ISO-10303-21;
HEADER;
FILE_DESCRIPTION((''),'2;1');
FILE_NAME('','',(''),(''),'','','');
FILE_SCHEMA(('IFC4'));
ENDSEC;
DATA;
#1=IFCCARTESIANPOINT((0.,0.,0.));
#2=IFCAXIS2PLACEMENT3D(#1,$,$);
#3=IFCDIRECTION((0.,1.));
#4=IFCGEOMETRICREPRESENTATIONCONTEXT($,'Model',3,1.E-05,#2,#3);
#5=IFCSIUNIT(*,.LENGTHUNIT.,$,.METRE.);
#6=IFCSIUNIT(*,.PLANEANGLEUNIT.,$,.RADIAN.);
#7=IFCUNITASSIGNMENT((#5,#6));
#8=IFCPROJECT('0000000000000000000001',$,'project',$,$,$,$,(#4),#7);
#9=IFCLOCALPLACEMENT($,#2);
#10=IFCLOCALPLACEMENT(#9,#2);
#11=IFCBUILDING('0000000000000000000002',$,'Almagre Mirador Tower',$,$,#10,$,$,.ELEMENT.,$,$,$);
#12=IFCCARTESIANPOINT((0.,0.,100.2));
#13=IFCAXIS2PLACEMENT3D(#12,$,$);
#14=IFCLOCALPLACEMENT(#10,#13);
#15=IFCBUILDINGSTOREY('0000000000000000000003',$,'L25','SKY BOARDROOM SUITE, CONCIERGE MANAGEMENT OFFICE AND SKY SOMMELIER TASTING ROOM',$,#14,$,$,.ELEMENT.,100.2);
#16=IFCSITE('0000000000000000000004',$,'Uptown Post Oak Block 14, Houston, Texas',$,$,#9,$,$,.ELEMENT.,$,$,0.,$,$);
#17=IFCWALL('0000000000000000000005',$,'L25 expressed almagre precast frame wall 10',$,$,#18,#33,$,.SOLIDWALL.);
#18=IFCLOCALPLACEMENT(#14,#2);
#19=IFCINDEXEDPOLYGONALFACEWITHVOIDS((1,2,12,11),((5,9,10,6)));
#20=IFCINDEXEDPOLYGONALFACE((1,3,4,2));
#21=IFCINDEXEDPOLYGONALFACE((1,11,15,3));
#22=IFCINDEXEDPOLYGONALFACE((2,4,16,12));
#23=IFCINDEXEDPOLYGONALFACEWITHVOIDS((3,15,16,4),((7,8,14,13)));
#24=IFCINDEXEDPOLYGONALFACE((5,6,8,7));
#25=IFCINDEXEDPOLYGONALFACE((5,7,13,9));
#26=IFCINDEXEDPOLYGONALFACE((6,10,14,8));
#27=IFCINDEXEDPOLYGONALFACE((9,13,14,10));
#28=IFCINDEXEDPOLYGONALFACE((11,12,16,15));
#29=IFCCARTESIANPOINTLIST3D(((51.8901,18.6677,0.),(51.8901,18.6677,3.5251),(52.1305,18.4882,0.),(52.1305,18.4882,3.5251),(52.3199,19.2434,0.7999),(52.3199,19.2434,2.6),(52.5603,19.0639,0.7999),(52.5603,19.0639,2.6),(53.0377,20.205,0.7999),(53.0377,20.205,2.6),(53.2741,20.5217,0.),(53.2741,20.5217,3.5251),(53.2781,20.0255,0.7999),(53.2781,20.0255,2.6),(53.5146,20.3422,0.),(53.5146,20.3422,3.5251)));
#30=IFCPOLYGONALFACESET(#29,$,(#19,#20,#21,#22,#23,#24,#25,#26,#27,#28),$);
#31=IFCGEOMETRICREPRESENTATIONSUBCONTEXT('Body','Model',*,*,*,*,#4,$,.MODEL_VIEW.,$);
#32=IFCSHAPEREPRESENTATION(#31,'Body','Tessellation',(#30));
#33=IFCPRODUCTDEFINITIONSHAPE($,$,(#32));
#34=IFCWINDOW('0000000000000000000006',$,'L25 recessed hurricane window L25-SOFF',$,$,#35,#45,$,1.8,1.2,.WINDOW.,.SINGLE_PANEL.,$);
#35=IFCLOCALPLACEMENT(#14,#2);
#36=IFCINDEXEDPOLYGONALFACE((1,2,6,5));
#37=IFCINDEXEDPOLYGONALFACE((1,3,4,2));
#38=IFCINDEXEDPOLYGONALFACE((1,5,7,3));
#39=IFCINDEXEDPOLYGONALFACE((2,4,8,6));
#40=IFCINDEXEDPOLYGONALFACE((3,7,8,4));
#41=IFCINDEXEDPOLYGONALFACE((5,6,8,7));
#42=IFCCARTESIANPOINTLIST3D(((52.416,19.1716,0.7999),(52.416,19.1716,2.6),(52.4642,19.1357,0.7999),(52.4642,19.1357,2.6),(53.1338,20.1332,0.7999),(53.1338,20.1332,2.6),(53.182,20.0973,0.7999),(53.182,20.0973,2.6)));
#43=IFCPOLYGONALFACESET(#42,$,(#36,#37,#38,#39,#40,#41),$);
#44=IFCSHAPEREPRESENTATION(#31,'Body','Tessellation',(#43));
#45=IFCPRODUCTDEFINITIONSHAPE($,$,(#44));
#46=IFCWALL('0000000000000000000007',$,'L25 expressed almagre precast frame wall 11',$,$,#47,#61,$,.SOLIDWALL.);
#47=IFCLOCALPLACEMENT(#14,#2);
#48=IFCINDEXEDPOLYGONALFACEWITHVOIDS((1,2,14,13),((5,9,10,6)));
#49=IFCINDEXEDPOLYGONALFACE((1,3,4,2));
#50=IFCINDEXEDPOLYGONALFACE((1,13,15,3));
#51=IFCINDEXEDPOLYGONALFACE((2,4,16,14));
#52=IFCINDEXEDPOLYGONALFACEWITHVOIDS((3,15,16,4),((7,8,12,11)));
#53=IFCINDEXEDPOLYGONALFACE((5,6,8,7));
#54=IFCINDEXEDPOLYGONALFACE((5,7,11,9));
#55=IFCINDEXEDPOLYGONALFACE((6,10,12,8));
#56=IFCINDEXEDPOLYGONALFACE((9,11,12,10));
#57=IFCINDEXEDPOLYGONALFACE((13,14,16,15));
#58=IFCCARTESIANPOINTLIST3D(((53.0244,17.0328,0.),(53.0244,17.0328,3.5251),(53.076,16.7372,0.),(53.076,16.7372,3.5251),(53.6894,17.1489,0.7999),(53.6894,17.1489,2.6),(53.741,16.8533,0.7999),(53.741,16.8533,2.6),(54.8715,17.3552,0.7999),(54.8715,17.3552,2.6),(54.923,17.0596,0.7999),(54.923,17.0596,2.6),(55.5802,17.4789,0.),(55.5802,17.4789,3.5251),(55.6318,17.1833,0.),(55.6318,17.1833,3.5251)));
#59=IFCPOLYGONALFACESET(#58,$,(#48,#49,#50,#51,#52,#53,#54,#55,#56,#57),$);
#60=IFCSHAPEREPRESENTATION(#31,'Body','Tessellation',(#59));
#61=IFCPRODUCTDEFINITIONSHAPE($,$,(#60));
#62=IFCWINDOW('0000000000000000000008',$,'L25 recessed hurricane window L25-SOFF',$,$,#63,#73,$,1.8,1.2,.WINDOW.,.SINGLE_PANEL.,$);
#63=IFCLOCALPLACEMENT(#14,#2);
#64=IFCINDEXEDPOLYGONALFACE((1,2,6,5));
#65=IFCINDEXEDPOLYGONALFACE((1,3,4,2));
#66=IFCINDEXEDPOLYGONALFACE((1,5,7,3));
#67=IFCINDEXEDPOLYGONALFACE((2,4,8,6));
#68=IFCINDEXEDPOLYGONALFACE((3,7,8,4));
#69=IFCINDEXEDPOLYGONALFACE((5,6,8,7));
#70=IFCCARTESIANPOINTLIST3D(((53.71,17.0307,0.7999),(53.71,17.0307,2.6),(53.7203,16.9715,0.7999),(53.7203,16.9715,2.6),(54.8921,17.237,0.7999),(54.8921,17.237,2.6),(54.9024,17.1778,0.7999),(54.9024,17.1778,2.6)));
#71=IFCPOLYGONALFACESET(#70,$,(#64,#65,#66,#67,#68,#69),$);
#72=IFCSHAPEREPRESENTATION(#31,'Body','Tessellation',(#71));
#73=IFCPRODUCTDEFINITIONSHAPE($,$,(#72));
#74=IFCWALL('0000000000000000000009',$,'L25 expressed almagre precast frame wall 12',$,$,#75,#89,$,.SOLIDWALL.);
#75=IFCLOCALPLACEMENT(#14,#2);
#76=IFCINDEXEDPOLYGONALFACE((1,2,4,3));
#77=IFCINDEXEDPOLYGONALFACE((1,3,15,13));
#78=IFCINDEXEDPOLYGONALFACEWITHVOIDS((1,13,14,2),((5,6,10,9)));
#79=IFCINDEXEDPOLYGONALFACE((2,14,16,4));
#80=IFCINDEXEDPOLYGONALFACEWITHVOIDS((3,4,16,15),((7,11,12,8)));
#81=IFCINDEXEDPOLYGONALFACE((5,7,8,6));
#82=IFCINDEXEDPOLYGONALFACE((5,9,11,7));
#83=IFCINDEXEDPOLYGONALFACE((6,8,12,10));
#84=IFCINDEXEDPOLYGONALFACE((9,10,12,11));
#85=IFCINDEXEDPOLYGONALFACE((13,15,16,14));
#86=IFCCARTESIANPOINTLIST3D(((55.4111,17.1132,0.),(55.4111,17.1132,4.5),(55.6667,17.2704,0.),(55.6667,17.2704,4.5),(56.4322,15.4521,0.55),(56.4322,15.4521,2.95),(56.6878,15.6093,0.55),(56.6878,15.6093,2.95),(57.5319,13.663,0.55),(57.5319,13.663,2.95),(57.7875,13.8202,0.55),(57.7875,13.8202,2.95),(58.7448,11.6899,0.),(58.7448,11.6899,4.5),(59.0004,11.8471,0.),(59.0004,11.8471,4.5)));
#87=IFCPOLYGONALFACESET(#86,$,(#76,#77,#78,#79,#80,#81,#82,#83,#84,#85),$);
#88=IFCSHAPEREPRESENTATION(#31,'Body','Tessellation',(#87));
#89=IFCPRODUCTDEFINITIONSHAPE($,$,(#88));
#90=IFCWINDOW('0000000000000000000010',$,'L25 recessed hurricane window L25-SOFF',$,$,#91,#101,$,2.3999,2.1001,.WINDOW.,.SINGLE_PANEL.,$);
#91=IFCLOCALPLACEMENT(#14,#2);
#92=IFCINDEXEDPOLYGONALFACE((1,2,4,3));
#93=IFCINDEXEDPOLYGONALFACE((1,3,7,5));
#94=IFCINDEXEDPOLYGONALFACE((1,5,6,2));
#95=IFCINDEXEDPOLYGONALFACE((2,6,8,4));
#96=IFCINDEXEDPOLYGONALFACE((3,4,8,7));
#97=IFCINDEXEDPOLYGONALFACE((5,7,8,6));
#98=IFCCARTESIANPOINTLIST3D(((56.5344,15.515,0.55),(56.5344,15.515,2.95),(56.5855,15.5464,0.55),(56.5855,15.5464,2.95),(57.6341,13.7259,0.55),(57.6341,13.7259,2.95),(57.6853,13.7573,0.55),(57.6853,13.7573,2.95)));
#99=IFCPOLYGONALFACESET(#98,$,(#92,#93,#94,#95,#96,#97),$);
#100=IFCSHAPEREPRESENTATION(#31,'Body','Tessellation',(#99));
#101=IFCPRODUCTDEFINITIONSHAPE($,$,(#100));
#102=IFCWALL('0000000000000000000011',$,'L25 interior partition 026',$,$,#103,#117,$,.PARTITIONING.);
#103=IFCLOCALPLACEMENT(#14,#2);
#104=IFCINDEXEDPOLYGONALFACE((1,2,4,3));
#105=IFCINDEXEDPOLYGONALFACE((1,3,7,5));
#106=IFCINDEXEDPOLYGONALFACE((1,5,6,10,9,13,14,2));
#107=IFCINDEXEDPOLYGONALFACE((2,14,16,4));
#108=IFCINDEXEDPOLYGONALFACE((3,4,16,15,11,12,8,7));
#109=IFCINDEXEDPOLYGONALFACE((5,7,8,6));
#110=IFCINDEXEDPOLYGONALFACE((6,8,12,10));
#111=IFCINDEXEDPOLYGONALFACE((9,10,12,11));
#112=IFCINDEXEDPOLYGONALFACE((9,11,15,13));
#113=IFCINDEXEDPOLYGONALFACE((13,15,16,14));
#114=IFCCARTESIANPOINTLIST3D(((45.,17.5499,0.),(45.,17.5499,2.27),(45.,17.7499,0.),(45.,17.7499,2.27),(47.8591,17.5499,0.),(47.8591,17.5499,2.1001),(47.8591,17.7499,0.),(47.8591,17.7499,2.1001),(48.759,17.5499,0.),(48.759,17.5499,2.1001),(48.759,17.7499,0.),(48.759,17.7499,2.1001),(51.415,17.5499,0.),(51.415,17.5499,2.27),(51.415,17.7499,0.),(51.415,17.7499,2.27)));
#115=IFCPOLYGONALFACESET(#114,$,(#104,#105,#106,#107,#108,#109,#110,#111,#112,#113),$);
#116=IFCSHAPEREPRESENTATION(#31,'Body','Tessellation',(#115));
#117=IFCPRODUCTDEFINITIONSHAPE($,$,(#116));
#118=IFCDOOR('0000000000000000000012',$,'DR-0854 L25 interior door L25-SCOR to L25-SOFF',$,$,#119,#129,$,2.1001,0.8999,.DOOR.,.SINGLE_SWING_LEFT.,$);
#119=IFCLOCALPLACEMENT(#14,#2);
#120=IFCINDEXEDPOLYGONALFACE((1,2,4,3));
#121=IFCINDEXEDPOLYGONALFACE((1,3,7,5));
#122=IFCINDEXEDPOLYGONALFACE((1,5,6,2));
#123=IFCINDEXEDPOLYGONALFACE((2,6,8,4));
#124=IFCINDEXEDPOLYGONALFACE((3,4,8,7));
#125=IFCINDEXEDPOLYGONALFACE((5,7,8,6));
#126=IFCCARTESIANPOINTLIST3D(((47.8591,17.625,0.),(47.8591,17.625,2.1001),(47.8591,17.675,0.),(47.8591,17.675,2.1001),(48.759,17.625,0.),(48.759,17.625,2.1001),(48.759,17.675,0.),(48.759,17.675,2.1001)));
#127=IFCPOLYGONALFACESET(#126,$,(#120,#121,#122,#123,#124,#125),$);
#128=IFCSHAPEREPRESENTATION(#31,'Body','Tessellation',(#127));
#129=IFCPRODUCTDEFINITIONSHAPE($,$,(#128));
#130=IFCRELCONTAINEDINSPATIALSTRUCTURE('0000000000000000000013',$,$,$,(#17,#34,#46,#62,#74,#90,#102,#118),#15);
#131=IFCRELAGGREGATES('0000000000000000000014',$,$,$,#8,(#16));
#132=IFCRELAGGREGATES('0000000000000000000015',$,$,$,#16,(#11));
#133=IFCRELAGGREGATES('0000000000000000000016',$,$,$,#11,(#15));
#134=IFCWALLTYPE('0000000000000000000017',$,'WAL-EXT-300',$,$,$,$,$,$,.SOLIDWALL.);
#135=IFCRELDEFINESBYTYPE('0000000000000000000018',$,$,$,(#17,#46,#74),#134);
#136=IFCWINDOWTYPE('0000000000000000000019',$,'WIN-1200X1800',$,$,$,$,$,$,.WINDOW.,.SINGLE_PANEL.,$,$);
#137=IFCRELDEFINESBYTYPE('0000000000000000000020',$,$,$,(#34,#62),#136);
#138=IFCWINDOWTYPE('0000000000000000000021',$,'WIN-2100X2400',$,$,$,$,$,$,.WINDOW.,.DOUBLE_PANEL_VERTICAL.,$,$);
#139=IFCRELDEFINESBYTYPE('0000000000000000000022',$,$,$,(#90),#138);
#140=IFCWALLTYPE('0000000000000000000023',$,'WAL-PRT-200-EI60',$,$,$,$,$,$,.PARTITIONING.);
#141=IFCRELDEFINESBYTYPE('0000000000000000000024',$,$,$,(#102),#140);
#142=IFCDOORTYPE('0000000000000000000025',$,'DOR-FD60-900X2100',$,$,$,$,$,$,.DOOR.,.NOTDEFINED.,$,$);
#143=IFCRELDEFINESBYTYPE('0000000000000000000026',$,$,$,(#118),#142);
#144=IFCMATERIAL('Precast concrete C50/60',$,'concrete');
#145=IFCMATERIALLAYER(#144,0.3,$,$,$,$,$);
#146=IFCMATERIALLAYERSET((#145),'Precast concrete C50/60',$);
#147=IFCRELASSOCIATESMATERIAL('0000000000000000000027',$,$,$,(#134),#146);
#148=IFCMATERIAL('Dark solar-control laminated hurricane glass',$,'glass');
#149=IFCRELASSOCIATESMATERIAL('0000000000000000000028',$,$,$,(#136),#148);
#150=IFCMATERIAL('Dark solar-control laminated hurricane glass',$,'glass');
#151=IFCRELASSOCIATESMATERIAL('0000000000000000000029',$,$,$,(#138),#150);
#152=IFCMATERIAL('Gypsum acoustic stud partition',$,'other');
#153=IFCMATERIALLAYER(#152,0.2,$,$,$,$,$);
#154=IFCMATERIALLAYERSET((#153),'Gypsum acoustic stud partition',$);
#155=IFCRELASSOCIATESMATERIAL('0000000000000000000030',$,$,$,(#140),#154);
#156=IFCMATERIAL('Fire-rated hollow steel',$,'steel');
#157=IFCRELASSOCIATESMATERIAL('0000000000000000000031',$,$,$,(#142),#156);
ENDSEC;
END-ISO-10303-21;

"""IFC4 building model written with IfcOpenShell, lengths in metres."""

from ifc_helpers import new_model, si_unit, direction, frame, frame_2d, origin, place, context, subcontext, project, spatial, rectangle, extrude, material, layer, layer_set, type_object, element, fill, save


model = new_model("IFC4")

# Units and contexts
model_context = context("Model", 3, precision=1e-05, world=origin(), true_north=direction((0.0, 1.0)))
body_context = subcontext(model_context, "Body", "Model", "MODEL_VIEW")
ifc_project = project(units=[si_unit("LENGTHUNIT", "METRE"), si_unit("PLANEANGLEUNIT", "RADIAN")], contexts=[model_context])

# Site, building, storey
site_placement = place(None, origin())
site = spatial("IfcSite", under=ifc_project, at=site_placement, Name="Uptown Post Oak Block 14, Houston, Texas", CompositionType="ELEMENT", RefElevation=0.0)
building_placement = place(site_placement, origin())
building = spatial("IfcBuilding", under=site, at=building_placement, Name="Almagre Mirador Tower", CompositionType="ELEMENT")
storey_placement = place(building_placement, frame((0.0, 0.0, 100.2)))
storey = spatial("IfcBuildingStorey", under=building, at=storey_placement, Name="L25", Description="SKY BOARDROOM SUITE, CONCIERGE MANAGEMENT OFFICE AND SKY SOMMELIER TASTING ROOM", CompositionType="ELEMENT", Elevation=100.2)

# Shared definitions
ifc_material_1 = material(Name="Precast concrete C50/60", Category="concrete")
ifc_layer_1 = layer(ifc_material_1, 0.3)
ifc_layer_set_1 = layer_set([ifc_layer_1], Name="Precast concrete C50/60")
wall_type_1 = type_object("IfcWallType", Name="WAL-EXT-300", PredefinedType="SOLIDWALL", material=ifc_layer_set_1)

# Walls, openings, windows
wall_1_placement = place(storey_placement, frame((53.3943, 20.4319, 0.0), z_axis=(0.0, 0.0, 1.0), x_axis=(-0.598209, -0.80134, 0.0)))
wall_1 = element("IfcWall", 1, at=wall_1_placement, inside=storey, type_object=wall_type_1, Name="L25 expressed almagre precast frame wall 10", PredefinedType="SOLIDWALL", context=body_context, shape_type="SweptSolid", body=[
    extrude(rectangle(XDim=2.3137, YDim=0.3, at=frame_2d((1.1567, 0.0))), origin(), (0.0, 0.0, 1.0), 3.5251),
])
opening_1_placement = place(wall_1_placement, frame((0.395, 0.0, 0.8)))
opening_1 = element("IfcOpeningElement", 2, at=opening_1_placement, cuts=wall_1, PredefinedType="OPENING", context=body_context, shape_type="SweptSolid", body=[
    extrude(rectangle(XDim=1.2, YDim=1.8, at=frame_2d((0.6001, 0.8999))), frame((0.0, 0.1599, 0.0), z_axis=(0.0, -1.0, 0.0), x_axis=(1.0, 0.0, 0.0)), (0.0, 0.0, 1.0), 0.32),
])
ifc_material_2 = material(Name="Dark solar-control laminated hurricane glass", Category="glass")
window_type_1 = type_object("IfcWindowType", Name="WIN-1200X1800", PartitioningType="SINGLE_PANEL", PredefinedType="WINDOW", material=ifc_material_2)
window_1_placement = place(opening_1_placement, origin())
window_1 = element("IfcWindow", 3, at=window_1_placement, inside=storey, type_object=window_type_1, Name="L25 recessed hurricane window L25-SOFF", OverallHeight=1.8, OverallWidth=1.2, PartitioningType="SINGLE_PANEL", PredefinedType="WINDOW", context=body_context, shape_type="SweptSolid", body=[
    extrude(rectangle(XDim=1.2, YDim=1.8, at=frame_2d((0.6001, 0.8999))), frame((0.0, 0.03, 0.0), z_axis=(0.0, -1.0, 0.0), x_axis=(1.0, 0.0, 0.0)), (0.0, 0.0, 1.0), 0.0601),
])
fill(opening_1, window_1)
wall_2_placement = place(storey_placement, frame((53.05, 16.885, 0.0), z_axis=(0.0, 0.0, 1.0), x_axis=(0.985111, 0.171917, 0.0)))
wall_2 = element("IfcWall", 4, at=wall_2_placement, inside=storey, type_object=wall_type_1, Name="L25 expressed almagre precast frame wall 11", PredefinedType="SOLIDWALL", context=body_context, shape_type="SweptSolid", body=[
    extrude(rectangle(XDim=2.5945, YDim=0.3, at=frame_2d((1.2974, 0.0))), origin(), (0.0, 0.0, 1.0), 3.5251),
])
opening_2_placement = place(wall_2_placement, frame((0.675, 0.0, 0.8)))
opening_2 = element("IfcOpeningElement", 5, at=opening_2_placement, cuts=wall_2, PredefinedType="OPENING", context=body_context, shape_type="SweptSolid", body=[
    extrude(rectangle(XDim=1.2, YDim=1.8, at=frame_2d((0.6001, 0.8999))), frame((0.0, 0.1599, 0.0), z_axis=(0.0, -1.0, 0.0), x_axis=(1.0, 0.0, 0.0)), (0.0, 0.0, 1.0), 0.32),
])
window_2_placement = place(opening_2_placement, origin())
window_2 = element("IfcWindow", 6, at=window_2_placement, inside=storey, type_object=window_type_1, Name="L25 recessed hurricane window L25-SOFF", OverallHeight=1.8, OverallWidth=1.2, PartitioningType="SINGLE_PANEL", PredefinedType="WINDOW", context=body_context, shape_type="SweptSolid", body=[
    extrude(rectangle(XDim=1.2, YDim=1.8, at=frame_2d((0.6001, 0.8999))), frame((0.0, 0.03, 0.0), z_axis=(0.0, -1.0, 0.0), x_axis=(1.0, 0.0, 0.0)), (0.0, 0.0, 1.0), 0.0601),
])
fill(opening_2, window_2)
wall_3_placement = place(storey_placement, frame((55.5388, 17.1919, 0.0), z_axis=(0.0, 0.0, 1.0), x_axis=(0.523676, -0.851918, 0.0)))
wall_3 = element("IfcWall", 7, at=wall_3_placement, inside=storey, type_object=wall_type_1, Name="L25 expressed almagre precast frame wall 12", PredefinedType="SOLIDWALL", context=body_context, shape_type="SweptSolid", body=[
    extrude(rectangle(XDim=6.366, YDim=0.3, at=frame_2d((3.1831, 0.0))), origin(), (0.0, 0.0, 1.0), 4.5),
])
opening_3_placement = place(wall_3_placement, frame((1.95, 0.0, 0.55)))
opening_3 = element("IfcOpeningElement", 8, at=opening_3_placement, cuts=wall_3, PredefinedType="OPENING", context=body_context, shape_type="SweptSolid", body=[
    extrude(rectangle(XDim=2.1001, YDim=2.3999, at=frame_2d((1.05, 1.2))), frame((0.0, 0.1599, 0.0), z_axis=(0.0, -1.0, 0.0), x_axis=(1.0, 0.0, 0.0)), (0.0, 0.0, 1.0), 0.32),
])
ifc_material_3 = material(Name="Dark solar-control laminated hurricane glass", Category="glass")
window_type_2 = type_object("IfcWindowType", Name="WIN-2100X2400", PartitioningType="DOUBLE_PANEL_VERTICAL", PredefinedType="WINDOW", material=ifc_material_3)
window_3_placement = place(opening_3_placement, origin())
window_3 = element("IfcWindow", 9, at=window_3_placement, inside=storey, type_object=window_type_2, Name="L25 recessed hurricane window L25-SOFF", OverallHeight=2.3999, OverallWidth=2.1001, PartitioningType="SINGLE_PANEL", PredefinedType="WINDOW", context=body_context, shape_type="SweptSolid", body=[
    extrude(rectangle(XDim=2.1001, YDim=2.3999, at=frame_2d((1.05, 1.2))), frame((0.0, 0.03, 0.0), z_axis=(0.0, -1.0, 0.0), x_axis=(1.0, 0.0, 0.0)), (0.0, 0.0, 1.0), 0.0601),
])
fill(opening_3, window_3)

# Wall, opening, door
ifc_material_4 = material(Name="Gypsum acoustic stud partition", Category="other")
ifc_layer_2 = layer(ifc_material_4, 0.2)
ifc_layer_set_2 = layer_set([ifc_layer_2], Name="Gypsum acoustic stud partition")
wall_type_2 = type_object("IfcWallType", Name="WAL-PRT-200-EI60", PredefinedType="PARTITIONING", material=ifc_layer_set_2)
wall_4_placement = place(storey_placement, frame((51.415, 17.6499, 0.0), z_axis=(0.0, 0.0, 1.0), x_axis=(-1.0, 0.0, 0.0)))
wall_4 = element("IfcWall", 10, at=wall_4_placement, inside=storey, type_object=wall_type_2, Name="L25 interior partition 026", PredefinedType="PARTITIONING", context=body_context, shape_type="SweptSolid", body=[
    extrude(rectangle(XDim=6.415, YDim=0.2, at=frame_2d((3.2075, 0.0))), origin(), (0.0, 0.0, 1.0), 2.27),
])
opening_4_placement = place(wall_4_placement, frame((2.656, 0.0, 0.0)))
opening_4 = element("IfcOpeningElement", 11, at=opening_4_placement, cuts=wall_4, PredefinedType="OPENING", context=body_context, shape_type="SweptSolid", body=[
    extrude(rectangle(XDim=0.8999, YDim=2.1001, at=frame_2d((0.45, 1.05))), frame((0.0, 0.1101, 0.0), z_axis=(0.0, -1.0, 0.0), x_axis=(1.0, 0.0, 0.0)), (0.0, 0.0, 1.0), 0.22),
])
ifc_material_5 = material(Name="Fire-rated hollow steel", Category="steel")
door_type = type_object("IfcDoorType", Name="DOR-FD60-900X2100", OperationType="NOTDEFINED", PredefinedType="DOOR", material=ifc_material_5)
door_placement = place(opening_4_placement, origin())
door = element("IfcDoor", 12, at=door_placement, inside=storey, type_object=door_type, Name="DR-0854 L25 interior door L25-SCOR to L25-SOFF", OperationType="SINGLE_SWING_LEFT", OverallHeight=2.1001, OverallWidth=0.8999, PredefinedType="DOOR", context=body_context, shape_type="SweptSolid", body=[
    extrude(rectangle(XDim=0.8999, YDim=2.1001, at=frame_2d((0.45, 1.05))), frame((0.0, 0.0249, 0.0), z_axis=(0.0, -1.0, 0.0), x_axis=(1.0, 0.0, 0.0)), (0.0, 0.0, 1.0), 0.05),
])
fill(opening_4, door)

save(model, "model.ifc")
